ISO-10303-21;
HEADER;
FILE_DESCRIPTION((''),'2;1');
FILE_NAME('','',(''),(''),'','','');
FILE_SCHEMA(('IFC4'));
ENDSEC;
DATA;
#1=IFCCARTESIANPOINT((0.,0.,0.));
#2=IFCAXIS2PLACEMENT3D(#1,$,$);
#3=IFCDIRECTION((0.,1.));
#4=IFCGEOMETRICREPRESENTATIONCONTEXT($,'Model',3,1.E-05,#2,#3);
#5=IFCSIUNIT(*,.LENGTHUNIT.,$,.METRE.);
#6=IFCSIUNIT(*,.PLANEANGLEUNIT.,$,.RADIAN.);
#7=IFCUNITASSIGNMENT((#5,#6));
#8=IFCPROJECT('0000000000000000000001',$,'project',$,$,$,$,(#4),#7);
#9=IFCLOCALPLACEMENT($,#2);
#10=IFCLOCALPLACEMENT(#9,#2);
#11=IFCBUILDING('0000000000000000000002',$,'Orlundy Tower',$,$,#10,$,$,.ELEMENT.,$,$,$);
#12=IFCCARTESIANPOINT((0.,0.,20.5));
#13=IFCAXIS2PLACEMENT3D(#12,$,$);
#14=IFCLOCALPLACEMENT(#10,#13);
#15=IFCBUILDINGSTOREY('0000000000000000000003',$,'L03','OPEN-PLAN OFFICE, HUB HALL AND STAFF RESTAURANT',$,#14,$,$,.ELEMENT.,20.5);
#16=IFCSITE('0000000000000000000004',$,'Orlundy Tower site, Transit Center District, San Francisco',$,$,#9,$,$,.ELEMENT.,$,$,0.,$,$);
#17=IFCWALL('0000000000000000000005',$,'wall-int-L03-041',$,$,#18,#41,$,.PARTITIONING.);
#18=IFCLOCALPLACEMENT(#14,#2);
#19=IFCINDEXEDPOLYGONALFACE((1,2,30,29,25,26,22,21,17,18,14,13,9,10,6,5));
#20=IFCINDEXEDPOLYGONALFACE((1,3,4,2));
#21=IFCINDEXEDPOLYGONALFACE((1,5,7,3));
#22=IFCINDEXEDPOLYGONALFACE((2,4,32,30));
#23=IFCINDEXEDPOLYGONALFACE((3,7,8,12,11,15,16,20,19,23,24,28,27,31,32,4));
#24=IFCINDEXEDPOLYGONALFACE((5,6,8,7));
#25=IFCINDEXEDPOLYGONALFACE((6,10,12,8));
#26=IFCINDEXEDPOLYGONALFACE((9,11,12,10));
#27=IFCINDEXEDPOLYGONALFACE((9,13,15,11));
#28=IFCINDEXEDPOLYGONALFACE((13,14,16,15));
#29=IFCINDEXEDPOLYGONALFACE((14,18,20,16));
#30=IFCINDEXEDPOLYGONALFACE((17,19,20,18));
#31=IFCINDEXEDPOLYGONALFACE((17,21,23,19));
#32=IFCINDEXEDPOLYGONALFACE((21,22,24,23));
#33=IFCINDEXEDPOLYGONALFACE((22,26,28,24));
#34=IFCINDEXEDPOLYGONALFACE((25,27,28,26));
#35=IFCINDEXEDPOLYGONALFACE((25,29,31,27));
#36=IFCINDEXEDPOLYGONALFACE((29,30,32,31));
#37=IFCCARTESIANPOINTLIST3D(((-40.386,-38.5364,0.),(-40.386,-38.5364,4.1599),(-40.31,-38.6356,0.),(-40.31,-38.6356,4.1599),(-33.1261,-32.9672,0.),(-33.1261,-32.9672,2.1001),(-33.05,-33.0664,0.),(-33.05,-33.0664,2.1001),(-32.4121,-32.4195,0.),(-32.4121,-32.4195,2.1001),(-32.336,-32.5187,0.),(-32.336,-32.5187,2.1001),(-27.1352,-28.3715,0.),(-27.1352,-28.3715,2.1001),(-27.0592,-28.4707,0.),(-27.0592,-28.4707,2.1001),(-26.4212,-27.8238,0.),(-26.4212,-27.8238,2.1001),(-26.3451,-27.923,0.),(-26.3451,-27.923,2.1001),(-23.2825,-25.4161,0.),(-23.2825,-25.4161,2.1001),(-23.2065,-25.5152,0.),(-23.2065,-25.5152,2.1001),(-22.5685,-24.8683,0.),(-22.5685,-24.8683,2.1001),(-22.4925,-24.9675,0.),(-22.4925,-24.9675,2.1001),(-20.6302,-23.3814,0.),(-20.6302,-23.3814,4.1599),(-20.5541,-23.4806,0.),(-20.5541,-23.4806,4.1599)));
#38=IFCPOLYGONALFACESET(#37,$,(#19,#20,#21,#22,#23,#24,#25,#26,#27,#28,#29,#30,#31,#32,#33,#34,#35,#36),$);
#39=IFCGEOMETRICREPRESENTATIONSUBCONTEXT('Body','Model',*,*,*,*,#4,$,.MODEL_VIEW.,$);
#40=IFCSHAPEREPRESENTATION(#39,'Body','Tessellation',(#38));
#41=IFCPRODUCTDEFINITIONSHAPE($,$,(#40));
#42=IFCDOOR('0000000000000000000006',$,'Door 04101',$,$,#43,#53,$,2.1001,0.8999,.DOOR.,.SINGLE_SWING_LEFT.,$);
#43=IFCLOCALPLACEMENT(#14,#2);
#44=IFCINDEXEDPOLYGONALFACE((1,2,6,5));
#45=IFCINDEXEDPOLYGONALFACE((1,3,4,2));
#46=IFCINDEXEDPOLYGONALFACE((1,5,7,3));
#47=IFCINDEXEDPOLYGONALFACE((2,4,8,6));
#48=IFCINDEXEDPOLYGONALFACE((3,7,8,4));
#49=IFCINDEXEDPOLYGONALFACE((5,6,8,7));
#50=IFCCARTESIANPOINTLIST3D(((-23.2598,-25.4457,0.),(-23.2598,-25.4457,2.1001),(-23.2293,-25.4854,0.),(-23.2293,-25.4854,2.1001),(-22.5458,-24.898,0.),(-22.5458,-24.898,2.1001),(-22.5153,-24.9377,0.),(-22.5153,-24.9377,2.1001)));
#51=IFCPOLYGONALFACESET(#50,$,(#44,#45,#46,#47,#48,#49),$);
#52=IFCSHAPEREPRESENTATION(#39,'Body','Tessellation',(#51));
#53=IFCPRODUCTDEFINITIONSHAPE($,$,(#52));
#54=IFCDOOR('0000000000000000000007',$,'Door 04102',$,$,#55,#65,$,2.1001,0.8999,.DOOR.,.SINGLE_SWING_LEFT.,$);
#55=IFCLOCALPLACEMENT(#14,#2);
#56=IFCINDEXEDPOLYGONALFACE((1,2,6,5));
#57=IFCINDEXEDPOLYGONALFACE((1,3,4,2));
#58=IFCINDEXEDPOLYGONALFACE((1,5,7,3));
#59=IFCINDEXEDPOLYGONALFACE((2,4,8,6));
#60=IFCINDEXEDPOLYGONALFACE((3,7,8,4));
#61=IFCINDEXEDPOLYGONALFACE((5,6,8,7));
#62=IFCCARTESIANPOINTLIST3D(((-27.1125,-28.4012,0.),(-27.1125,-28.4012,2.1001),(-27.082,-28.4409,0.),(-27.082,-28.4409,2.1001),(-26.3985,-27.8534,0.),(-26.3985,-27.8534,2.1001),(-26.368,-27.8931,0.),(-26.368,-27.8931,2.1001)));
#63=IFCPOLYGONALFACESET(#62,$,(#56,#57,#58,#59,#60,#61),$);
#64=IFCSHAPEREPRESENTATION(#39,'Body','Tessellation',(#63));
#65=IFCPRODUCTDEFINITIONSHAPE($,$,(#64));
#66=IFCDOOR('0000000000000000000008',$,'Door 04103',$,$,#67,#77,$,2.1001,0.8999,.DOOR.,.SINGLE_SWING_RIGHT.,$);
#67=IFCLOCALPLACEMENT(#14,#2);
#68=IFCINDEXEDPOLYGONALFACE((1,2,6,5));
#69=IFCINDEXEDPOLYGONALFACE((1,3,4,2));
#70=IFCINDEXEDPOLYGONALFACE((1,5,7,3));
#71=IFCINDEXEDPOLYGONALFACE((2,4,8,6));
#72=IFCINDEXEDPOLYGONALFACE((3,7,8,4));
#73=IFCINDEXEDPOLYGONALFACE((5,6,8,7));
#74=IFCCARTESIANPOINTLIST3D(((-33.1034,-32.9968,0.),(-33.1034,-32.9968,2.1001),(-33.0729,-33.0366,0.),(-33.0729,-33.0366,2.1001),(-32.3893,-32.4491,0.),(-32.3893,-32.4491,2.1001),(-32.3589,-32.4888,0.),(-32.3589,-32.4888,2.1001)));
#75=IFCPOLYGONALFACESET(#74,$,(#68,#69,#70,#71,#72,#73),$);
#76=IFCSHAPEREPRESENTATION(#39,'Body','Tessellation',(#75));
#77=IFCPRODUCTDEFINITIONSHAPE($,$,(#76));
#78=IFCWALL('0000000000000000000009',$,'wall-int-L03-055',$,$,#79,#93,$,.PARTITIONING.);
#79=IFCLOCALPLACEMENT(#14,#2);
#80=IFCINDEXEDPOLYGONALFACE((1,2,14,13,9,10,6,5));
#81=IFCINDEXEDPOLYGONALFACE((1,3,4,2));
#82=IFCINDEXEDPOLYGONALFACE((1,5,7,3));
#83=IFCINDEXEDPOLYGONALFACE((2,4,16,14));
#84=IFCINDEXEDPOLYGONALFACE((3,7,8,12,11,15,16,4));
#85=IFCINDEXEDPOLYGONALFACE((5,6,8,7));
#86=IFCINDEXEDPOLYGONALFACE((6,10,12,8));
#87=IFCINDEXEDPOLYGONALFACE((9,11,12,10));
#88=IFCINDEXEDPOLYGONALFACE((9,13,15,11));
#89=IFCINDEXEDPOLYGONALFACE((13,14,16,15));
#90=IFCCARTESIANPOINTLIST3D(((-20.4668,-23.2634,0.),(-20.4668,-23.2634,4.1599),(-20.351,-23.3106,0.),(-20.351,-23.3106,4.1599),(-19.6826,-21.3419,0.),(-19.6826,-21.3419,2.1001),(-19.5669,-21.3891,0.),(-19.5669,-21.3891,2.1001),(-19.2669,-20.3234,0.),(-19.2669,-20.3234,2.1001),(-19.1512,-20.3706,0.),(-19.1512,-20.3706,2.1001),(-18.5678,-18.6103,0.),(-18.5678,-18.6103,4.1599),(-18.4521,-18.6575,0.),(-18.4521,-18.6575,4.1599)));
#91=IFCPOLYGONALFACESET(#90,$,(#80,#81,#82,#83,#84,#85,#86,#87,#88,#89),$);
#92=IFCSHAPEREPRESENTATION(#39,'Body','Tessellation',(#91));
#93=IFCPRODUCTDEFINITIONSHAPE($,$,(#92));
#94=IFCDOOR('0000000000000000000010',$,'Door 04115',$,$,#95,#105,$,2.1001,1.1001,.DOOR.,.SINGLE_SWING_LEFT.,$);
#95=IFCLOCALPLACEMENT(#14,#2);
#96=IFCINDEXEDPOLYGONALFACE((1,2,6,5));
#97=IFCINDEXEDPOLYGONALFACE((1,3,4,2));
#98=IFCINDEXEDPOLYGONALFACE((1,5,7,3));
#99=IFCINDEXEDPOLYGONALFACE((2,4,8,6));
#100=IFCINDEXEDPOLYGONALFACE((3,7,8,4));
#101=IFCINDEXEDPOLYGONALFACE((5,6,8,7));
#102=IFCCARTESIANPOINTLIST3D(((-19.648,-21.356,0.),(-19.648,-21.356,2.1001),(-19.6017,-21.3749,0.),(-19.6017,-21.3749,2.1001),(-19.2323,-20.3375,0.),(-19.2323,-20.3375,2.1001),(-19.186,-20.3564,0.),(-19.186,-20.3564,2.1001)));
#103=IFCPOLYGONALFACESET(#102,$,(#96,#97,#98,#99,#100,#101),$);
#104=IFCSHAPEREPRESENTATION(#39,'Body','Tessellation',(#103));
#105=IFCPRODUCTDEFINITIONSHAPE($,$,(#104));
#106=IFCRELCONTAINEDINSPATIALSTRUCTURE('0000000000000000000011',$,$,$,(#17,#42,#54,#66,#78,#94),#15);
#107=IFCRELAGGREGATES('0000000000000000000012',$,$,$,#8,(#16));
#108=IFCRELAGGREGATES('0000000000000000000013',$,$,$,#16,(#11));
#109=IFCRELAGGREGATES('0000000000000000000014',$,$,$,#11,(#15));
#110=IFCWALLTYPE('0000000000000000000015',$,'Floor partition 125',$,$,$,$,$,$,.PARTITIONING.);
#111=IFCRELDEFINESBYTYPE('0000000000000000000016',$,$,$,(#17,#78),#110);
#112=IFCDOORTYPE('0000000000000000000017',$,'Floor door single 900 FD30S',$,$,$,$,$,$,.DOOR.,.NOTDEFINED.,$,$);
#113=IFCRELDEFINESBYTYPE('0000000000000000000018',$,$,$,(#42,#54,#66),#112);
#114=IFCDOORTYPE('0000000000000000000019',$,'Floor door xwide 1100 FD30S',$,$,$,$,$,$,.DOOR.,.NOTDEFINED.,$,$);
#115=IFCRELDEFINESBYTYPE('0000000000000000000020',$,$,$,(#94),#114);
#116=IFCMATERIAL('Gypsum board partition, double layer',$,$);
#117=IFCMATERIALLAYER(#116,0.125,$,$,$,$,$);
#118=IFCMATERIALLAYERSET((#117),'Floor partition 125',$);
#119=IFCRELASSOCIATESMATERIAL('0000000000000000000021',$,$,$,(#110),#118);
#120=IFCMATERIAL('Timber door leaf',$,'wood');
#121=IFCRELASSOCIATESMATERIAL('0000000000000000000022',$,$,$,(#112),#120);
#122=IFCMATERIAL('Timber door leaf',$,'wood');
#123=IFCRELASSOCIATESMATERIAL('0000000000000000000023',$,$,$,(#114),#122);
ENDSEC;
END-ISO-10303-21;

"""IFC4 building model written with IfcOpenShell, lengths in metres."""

from ifc_helpers import new_model, si_unit, direction, frame, frame_2d, origin, place, context, subcontext, project, spatial, rectangle, extrude, material, layer, layer_set, type_object, element, fill, save


model = new_model("IFC4")

# Units and contexts
model_context = context("Model", 3, precision=1e-05, world=origin(), true_north=direction((0.0, 1.0)))
body_context = subcontext(model_context, "Body", "Model", "MODEL_VIEW")
ifc_project = project(units=[si_unit("LENGTHUNIT", "METRE"), si_unit("PLANEANGLEUNIT", "RADIAN")], contexts=[model_context])

# Site, building, storey
site_placement = place(None, origin())
site = spatial("IfcSite", under=ifc_project, at=site_placement, Name="Orlundy Tower site, Transit Center District, San Francisco", CompositionType="ELEMENT", RefElevation=0.0)
building_placement = place(site_placement, origin())
building = spatial("IfcBuilding", under=site, at=building_placement, Name="Orlundy Tower", CompositionType="ELEMENT")
storey_placement = place(building_placement, frame((0.0, 0.0, 20.5)))
storey = spatial("IfcBuildingStorey", under=building, at=storey_placement, Name="L03", Description="OPEN-PLAN OFFICE, HUB HALL AND STAFF RESTAURANT", CompositionType="ELEMENT", Elevation=20.5)

# Shared definitions
ifc_material_1 = material(Name="Gypsum board partition, double layer")
ifc_layer_1 = layer(ifc_material_1, 0.125)
ifc_layer_set_1 = layer_set([ifc_layer_1], Name="Floor partition 125")
wall_type_1 = type_object("IfcWallType", Name="Floor partition 125", PredefinedType="PARTITIONING", material=ifc_layer_set_1)

# Wall, openings, doors
wall_1_placement = place(storey_placement, frame((-20.592, -23.4309, 0.0), z_axis=(0.0, 0.0, 1.0), x_axis=(-0.793434, -0.608656, 0.0)))
wall_1 = element("IfcWall", 1, at=wall_1_placement, inside=storey, type_object=wall_type_1, Name="wall-int-L03-041", PredefinedType="PARTITIONING", context=body_context, shape_type="SweptSolid", body=[
    extrude(rectangle(XDim=24.8992, YDim=0.125, at=frame_2d((12.4497, 0.0))), origin(), (0.0, 0.0, 1.0), 4.1599),
])
opening_1_placement = place(wall_1_placement, frame((2.4431, 0.0, 0.0)))
opening_1 = element("IfcOpeningElement", 2, at=opening_1_placement, cuts=wall_1, PredefinedType="OPENING", context=body_context, shape_type="SweptSolid", body=[
    extrude(rectangle(XDim=0.8999, YDim=2.1001, at=frame_2d((0.45, 1.05))), frame((0.0, 0.0725, 0.0), z_axis=(0.0, -1.0, 0.0), x_axis=(1.0, 0.0, 0.0)), (0.0, 0.0, 1.0), 0.145),
])
opening_2_placement = place(wall_1_placement, frame((7.2988, 0.0, 0.0)))
opening_2 = element("IfcOpeningElement", 3, at=opening_2_placement, cuts=wall_1, PredefinedType="OPENING", context=body_context, shape_type="SweptSolid", body=[
    extrude(rectangle(XDim=0.8999, YDim=2.1001, at=frame_2d((0.45, 1.05))), frame((0.0, 0.0725, 0.0), z_axis=(0.0, -1.0, 0.0), x_axis=(1.0, 0.0, 0.0)), (0.0, 0.0, 1.0), 0.145),
])
opening_3_placement = place(wall_1_placement, frame((14.8494, 0.0, 0.0)))
opening_3 = element("IfcOpeningElement", 4, at=opening_3_placement, cuts=wall_1, PredefinedType="OPENING", context=body_context, shape_type="SweptSolid", body=[
    extrude(rectangle(XDim=0.8999, YDim=2.1001, at=frame_2d((0.45, 1.05))), frame((0.0, 0.0725, 0.0), z_axis=(0.0, -1.0, 0.0), x_axis=(1.0, 0.0, 0.0)), (0.0, 0.0, 1.0), 0.145),
])
ifc_material_2 = material(Name="Timber door leaf", Category="wood")
door_type_1 = type_object("IfcDoorType", Name="Floor door single 900 FD30S", OperationType="NOTDEFINED", PredefinedType="DOOR", material=ifc_material_2)
door_1_placement = place(opening_1_placement, origin())
door_1 = element("IfcDoor", 5, at=door_1_placement, inside=storey, type_object=door_type_1, Name="Door 04101", OperationType="SINGLE_SWING_LEFT", OverallHeight=2.1001, OverallWidth=0.8999, PredefinedType="DOOR", context=body_context, shape_type="SweptSolid", body=[
    extrude(rectangle(XDim=0.8999, YDim=2.1001, at=frame_2d((0.45, 1.05))), frame((0.0, 0.0249, 0.0), z_axis=(0.0, -1.0, 0.0), x_axis=(1.0, 0.0, 0.0)), (0.0, 0.0, 1.0), 0.05),
])
fill(opening_1, door_1)
door_2_placement = place(opening_2_placement, origin())
door_2 = element("IfcDoor", 6, at=door_2_placement, inside=storey, type_object=door_type_1, Name="Door 04102", OperationType="SINGLE_SWING_LEFT", OverallHeight=2.1001, OverallWidth=0.8999, PredefinedType="DOOR", context=body_context, shape_type="SweptSolid", body=[
    extrude(rectangle(XDim=0.8999, YDim=2.1001, at=frame_2d((0.45, 1.05))), frame((0.0, 0.0249, 0.0), z_axis=(0.0, -1.0, 0.0), x_axis=(1.0, 0.0, 0.0)), (0.0, 0.0, 1.0), 0.05),
])
fill(opening_2, door_2)
door_3_placement = place(opening_3_placement, origin())
door_3 = element("IfcDoor", 7, at=door_3_placement, inside=storey, type_object=door_type_1, Name="Door 04103", OperationType="SINGLE_SWING_RIGHT", OverallHeight=2.1001, OverallWidth=0.8999, PredefinedType="DOOR", context=body_context, shape_type="SweptSolid", body=[
    extrude(rectangle(XDim=0.8999, YDim=2.1001, at=frame_2d((0.45, 1.05))), frame((0.0, 0.0249, 0.0), z_axis=(0.0, -1.0, 0.0), x_axis=(1.0, 0.0, 0.0)), (0.0, 0.0, 1.0), 0.05),
])
fill(opening_3, door_3)

# Wall, opening, door
wall_2_placement = place(storey_placement, frame((-18.51, -18.634, 0.0), z_axis=(0.0, 0.0, 1.0), x_axis=(-0.377848, -0.925868, 0.0)))
wall_2 = element("IfcWall", 8, at=wall_2_placement, inside=storey, type_object=wall_type_1, Name="wall-int-L03-055", PredefinedType="PARTITIONING", context=body_context, shape_type="SweptSolid", body=[
    extrude(rectangle(XDim=5.0256, YDim=0.125, at=frame_2d((2.5127, 0.0))), origin(), (0.0, 0.0, 1.0), 4.1599),
])
opening_4_placement = place(wall_2_placement, frame((1.8501, 0.0, 0.0)))
opening_4 = element("IfcOpeningElement", 9, at=opening_4_placement, cuts=wall_2, PredefinedType="OPENING", context=body_context, shape_type="SweptSolid", body=[
    extrude(rectangle(XDim=1.1001, YDim=2.1001, at=frame_2d((0.55, 1.05))), frame((0.0, 0.0725, 0.0), z_axis=(0.0, -1.0, 0.0), x_axis=(1.0, 0.0, 0.0)), (0.0, 0.0, 1.0), 0.145),
])
ifc_material_3 = material(Name="Timber door leaf", Category="wood")
door_type_2 = type_object("IfcDoorType", Name="Floor door xwide 1100 FD30S", OperationType="NOTDEFINED", PredefinedType="DOOR", material=ifc_material_3)
door_4_placement = place(opening_4_placement, origin())
door_4 = element("IfcDoor", 10, at=door_4_placement, inside=storey, type_object=door_type_2, Name="Door 04115", OperationType="SINGLE_SWING_LEFT", OverallHeight=2.1001, OverallWidth=1.1001, PredefinedType="DOOR", context=body_context, shape_type="SweptSolid", body=[
    extrude(rectangle(XDim=1.1001, YDim=2.1001, at=frame_2d((0.55, 1.05))), frame((0.0, 0.0249, 0.0), z_axis=(0.0, -1.0, 0.0), x_axis=(1.0, 0.0, 0.0)), (0.0, 0.0, 1.0), 0.05),
])
fill(opening_4, door_4)

save(model, "model.ifc")
